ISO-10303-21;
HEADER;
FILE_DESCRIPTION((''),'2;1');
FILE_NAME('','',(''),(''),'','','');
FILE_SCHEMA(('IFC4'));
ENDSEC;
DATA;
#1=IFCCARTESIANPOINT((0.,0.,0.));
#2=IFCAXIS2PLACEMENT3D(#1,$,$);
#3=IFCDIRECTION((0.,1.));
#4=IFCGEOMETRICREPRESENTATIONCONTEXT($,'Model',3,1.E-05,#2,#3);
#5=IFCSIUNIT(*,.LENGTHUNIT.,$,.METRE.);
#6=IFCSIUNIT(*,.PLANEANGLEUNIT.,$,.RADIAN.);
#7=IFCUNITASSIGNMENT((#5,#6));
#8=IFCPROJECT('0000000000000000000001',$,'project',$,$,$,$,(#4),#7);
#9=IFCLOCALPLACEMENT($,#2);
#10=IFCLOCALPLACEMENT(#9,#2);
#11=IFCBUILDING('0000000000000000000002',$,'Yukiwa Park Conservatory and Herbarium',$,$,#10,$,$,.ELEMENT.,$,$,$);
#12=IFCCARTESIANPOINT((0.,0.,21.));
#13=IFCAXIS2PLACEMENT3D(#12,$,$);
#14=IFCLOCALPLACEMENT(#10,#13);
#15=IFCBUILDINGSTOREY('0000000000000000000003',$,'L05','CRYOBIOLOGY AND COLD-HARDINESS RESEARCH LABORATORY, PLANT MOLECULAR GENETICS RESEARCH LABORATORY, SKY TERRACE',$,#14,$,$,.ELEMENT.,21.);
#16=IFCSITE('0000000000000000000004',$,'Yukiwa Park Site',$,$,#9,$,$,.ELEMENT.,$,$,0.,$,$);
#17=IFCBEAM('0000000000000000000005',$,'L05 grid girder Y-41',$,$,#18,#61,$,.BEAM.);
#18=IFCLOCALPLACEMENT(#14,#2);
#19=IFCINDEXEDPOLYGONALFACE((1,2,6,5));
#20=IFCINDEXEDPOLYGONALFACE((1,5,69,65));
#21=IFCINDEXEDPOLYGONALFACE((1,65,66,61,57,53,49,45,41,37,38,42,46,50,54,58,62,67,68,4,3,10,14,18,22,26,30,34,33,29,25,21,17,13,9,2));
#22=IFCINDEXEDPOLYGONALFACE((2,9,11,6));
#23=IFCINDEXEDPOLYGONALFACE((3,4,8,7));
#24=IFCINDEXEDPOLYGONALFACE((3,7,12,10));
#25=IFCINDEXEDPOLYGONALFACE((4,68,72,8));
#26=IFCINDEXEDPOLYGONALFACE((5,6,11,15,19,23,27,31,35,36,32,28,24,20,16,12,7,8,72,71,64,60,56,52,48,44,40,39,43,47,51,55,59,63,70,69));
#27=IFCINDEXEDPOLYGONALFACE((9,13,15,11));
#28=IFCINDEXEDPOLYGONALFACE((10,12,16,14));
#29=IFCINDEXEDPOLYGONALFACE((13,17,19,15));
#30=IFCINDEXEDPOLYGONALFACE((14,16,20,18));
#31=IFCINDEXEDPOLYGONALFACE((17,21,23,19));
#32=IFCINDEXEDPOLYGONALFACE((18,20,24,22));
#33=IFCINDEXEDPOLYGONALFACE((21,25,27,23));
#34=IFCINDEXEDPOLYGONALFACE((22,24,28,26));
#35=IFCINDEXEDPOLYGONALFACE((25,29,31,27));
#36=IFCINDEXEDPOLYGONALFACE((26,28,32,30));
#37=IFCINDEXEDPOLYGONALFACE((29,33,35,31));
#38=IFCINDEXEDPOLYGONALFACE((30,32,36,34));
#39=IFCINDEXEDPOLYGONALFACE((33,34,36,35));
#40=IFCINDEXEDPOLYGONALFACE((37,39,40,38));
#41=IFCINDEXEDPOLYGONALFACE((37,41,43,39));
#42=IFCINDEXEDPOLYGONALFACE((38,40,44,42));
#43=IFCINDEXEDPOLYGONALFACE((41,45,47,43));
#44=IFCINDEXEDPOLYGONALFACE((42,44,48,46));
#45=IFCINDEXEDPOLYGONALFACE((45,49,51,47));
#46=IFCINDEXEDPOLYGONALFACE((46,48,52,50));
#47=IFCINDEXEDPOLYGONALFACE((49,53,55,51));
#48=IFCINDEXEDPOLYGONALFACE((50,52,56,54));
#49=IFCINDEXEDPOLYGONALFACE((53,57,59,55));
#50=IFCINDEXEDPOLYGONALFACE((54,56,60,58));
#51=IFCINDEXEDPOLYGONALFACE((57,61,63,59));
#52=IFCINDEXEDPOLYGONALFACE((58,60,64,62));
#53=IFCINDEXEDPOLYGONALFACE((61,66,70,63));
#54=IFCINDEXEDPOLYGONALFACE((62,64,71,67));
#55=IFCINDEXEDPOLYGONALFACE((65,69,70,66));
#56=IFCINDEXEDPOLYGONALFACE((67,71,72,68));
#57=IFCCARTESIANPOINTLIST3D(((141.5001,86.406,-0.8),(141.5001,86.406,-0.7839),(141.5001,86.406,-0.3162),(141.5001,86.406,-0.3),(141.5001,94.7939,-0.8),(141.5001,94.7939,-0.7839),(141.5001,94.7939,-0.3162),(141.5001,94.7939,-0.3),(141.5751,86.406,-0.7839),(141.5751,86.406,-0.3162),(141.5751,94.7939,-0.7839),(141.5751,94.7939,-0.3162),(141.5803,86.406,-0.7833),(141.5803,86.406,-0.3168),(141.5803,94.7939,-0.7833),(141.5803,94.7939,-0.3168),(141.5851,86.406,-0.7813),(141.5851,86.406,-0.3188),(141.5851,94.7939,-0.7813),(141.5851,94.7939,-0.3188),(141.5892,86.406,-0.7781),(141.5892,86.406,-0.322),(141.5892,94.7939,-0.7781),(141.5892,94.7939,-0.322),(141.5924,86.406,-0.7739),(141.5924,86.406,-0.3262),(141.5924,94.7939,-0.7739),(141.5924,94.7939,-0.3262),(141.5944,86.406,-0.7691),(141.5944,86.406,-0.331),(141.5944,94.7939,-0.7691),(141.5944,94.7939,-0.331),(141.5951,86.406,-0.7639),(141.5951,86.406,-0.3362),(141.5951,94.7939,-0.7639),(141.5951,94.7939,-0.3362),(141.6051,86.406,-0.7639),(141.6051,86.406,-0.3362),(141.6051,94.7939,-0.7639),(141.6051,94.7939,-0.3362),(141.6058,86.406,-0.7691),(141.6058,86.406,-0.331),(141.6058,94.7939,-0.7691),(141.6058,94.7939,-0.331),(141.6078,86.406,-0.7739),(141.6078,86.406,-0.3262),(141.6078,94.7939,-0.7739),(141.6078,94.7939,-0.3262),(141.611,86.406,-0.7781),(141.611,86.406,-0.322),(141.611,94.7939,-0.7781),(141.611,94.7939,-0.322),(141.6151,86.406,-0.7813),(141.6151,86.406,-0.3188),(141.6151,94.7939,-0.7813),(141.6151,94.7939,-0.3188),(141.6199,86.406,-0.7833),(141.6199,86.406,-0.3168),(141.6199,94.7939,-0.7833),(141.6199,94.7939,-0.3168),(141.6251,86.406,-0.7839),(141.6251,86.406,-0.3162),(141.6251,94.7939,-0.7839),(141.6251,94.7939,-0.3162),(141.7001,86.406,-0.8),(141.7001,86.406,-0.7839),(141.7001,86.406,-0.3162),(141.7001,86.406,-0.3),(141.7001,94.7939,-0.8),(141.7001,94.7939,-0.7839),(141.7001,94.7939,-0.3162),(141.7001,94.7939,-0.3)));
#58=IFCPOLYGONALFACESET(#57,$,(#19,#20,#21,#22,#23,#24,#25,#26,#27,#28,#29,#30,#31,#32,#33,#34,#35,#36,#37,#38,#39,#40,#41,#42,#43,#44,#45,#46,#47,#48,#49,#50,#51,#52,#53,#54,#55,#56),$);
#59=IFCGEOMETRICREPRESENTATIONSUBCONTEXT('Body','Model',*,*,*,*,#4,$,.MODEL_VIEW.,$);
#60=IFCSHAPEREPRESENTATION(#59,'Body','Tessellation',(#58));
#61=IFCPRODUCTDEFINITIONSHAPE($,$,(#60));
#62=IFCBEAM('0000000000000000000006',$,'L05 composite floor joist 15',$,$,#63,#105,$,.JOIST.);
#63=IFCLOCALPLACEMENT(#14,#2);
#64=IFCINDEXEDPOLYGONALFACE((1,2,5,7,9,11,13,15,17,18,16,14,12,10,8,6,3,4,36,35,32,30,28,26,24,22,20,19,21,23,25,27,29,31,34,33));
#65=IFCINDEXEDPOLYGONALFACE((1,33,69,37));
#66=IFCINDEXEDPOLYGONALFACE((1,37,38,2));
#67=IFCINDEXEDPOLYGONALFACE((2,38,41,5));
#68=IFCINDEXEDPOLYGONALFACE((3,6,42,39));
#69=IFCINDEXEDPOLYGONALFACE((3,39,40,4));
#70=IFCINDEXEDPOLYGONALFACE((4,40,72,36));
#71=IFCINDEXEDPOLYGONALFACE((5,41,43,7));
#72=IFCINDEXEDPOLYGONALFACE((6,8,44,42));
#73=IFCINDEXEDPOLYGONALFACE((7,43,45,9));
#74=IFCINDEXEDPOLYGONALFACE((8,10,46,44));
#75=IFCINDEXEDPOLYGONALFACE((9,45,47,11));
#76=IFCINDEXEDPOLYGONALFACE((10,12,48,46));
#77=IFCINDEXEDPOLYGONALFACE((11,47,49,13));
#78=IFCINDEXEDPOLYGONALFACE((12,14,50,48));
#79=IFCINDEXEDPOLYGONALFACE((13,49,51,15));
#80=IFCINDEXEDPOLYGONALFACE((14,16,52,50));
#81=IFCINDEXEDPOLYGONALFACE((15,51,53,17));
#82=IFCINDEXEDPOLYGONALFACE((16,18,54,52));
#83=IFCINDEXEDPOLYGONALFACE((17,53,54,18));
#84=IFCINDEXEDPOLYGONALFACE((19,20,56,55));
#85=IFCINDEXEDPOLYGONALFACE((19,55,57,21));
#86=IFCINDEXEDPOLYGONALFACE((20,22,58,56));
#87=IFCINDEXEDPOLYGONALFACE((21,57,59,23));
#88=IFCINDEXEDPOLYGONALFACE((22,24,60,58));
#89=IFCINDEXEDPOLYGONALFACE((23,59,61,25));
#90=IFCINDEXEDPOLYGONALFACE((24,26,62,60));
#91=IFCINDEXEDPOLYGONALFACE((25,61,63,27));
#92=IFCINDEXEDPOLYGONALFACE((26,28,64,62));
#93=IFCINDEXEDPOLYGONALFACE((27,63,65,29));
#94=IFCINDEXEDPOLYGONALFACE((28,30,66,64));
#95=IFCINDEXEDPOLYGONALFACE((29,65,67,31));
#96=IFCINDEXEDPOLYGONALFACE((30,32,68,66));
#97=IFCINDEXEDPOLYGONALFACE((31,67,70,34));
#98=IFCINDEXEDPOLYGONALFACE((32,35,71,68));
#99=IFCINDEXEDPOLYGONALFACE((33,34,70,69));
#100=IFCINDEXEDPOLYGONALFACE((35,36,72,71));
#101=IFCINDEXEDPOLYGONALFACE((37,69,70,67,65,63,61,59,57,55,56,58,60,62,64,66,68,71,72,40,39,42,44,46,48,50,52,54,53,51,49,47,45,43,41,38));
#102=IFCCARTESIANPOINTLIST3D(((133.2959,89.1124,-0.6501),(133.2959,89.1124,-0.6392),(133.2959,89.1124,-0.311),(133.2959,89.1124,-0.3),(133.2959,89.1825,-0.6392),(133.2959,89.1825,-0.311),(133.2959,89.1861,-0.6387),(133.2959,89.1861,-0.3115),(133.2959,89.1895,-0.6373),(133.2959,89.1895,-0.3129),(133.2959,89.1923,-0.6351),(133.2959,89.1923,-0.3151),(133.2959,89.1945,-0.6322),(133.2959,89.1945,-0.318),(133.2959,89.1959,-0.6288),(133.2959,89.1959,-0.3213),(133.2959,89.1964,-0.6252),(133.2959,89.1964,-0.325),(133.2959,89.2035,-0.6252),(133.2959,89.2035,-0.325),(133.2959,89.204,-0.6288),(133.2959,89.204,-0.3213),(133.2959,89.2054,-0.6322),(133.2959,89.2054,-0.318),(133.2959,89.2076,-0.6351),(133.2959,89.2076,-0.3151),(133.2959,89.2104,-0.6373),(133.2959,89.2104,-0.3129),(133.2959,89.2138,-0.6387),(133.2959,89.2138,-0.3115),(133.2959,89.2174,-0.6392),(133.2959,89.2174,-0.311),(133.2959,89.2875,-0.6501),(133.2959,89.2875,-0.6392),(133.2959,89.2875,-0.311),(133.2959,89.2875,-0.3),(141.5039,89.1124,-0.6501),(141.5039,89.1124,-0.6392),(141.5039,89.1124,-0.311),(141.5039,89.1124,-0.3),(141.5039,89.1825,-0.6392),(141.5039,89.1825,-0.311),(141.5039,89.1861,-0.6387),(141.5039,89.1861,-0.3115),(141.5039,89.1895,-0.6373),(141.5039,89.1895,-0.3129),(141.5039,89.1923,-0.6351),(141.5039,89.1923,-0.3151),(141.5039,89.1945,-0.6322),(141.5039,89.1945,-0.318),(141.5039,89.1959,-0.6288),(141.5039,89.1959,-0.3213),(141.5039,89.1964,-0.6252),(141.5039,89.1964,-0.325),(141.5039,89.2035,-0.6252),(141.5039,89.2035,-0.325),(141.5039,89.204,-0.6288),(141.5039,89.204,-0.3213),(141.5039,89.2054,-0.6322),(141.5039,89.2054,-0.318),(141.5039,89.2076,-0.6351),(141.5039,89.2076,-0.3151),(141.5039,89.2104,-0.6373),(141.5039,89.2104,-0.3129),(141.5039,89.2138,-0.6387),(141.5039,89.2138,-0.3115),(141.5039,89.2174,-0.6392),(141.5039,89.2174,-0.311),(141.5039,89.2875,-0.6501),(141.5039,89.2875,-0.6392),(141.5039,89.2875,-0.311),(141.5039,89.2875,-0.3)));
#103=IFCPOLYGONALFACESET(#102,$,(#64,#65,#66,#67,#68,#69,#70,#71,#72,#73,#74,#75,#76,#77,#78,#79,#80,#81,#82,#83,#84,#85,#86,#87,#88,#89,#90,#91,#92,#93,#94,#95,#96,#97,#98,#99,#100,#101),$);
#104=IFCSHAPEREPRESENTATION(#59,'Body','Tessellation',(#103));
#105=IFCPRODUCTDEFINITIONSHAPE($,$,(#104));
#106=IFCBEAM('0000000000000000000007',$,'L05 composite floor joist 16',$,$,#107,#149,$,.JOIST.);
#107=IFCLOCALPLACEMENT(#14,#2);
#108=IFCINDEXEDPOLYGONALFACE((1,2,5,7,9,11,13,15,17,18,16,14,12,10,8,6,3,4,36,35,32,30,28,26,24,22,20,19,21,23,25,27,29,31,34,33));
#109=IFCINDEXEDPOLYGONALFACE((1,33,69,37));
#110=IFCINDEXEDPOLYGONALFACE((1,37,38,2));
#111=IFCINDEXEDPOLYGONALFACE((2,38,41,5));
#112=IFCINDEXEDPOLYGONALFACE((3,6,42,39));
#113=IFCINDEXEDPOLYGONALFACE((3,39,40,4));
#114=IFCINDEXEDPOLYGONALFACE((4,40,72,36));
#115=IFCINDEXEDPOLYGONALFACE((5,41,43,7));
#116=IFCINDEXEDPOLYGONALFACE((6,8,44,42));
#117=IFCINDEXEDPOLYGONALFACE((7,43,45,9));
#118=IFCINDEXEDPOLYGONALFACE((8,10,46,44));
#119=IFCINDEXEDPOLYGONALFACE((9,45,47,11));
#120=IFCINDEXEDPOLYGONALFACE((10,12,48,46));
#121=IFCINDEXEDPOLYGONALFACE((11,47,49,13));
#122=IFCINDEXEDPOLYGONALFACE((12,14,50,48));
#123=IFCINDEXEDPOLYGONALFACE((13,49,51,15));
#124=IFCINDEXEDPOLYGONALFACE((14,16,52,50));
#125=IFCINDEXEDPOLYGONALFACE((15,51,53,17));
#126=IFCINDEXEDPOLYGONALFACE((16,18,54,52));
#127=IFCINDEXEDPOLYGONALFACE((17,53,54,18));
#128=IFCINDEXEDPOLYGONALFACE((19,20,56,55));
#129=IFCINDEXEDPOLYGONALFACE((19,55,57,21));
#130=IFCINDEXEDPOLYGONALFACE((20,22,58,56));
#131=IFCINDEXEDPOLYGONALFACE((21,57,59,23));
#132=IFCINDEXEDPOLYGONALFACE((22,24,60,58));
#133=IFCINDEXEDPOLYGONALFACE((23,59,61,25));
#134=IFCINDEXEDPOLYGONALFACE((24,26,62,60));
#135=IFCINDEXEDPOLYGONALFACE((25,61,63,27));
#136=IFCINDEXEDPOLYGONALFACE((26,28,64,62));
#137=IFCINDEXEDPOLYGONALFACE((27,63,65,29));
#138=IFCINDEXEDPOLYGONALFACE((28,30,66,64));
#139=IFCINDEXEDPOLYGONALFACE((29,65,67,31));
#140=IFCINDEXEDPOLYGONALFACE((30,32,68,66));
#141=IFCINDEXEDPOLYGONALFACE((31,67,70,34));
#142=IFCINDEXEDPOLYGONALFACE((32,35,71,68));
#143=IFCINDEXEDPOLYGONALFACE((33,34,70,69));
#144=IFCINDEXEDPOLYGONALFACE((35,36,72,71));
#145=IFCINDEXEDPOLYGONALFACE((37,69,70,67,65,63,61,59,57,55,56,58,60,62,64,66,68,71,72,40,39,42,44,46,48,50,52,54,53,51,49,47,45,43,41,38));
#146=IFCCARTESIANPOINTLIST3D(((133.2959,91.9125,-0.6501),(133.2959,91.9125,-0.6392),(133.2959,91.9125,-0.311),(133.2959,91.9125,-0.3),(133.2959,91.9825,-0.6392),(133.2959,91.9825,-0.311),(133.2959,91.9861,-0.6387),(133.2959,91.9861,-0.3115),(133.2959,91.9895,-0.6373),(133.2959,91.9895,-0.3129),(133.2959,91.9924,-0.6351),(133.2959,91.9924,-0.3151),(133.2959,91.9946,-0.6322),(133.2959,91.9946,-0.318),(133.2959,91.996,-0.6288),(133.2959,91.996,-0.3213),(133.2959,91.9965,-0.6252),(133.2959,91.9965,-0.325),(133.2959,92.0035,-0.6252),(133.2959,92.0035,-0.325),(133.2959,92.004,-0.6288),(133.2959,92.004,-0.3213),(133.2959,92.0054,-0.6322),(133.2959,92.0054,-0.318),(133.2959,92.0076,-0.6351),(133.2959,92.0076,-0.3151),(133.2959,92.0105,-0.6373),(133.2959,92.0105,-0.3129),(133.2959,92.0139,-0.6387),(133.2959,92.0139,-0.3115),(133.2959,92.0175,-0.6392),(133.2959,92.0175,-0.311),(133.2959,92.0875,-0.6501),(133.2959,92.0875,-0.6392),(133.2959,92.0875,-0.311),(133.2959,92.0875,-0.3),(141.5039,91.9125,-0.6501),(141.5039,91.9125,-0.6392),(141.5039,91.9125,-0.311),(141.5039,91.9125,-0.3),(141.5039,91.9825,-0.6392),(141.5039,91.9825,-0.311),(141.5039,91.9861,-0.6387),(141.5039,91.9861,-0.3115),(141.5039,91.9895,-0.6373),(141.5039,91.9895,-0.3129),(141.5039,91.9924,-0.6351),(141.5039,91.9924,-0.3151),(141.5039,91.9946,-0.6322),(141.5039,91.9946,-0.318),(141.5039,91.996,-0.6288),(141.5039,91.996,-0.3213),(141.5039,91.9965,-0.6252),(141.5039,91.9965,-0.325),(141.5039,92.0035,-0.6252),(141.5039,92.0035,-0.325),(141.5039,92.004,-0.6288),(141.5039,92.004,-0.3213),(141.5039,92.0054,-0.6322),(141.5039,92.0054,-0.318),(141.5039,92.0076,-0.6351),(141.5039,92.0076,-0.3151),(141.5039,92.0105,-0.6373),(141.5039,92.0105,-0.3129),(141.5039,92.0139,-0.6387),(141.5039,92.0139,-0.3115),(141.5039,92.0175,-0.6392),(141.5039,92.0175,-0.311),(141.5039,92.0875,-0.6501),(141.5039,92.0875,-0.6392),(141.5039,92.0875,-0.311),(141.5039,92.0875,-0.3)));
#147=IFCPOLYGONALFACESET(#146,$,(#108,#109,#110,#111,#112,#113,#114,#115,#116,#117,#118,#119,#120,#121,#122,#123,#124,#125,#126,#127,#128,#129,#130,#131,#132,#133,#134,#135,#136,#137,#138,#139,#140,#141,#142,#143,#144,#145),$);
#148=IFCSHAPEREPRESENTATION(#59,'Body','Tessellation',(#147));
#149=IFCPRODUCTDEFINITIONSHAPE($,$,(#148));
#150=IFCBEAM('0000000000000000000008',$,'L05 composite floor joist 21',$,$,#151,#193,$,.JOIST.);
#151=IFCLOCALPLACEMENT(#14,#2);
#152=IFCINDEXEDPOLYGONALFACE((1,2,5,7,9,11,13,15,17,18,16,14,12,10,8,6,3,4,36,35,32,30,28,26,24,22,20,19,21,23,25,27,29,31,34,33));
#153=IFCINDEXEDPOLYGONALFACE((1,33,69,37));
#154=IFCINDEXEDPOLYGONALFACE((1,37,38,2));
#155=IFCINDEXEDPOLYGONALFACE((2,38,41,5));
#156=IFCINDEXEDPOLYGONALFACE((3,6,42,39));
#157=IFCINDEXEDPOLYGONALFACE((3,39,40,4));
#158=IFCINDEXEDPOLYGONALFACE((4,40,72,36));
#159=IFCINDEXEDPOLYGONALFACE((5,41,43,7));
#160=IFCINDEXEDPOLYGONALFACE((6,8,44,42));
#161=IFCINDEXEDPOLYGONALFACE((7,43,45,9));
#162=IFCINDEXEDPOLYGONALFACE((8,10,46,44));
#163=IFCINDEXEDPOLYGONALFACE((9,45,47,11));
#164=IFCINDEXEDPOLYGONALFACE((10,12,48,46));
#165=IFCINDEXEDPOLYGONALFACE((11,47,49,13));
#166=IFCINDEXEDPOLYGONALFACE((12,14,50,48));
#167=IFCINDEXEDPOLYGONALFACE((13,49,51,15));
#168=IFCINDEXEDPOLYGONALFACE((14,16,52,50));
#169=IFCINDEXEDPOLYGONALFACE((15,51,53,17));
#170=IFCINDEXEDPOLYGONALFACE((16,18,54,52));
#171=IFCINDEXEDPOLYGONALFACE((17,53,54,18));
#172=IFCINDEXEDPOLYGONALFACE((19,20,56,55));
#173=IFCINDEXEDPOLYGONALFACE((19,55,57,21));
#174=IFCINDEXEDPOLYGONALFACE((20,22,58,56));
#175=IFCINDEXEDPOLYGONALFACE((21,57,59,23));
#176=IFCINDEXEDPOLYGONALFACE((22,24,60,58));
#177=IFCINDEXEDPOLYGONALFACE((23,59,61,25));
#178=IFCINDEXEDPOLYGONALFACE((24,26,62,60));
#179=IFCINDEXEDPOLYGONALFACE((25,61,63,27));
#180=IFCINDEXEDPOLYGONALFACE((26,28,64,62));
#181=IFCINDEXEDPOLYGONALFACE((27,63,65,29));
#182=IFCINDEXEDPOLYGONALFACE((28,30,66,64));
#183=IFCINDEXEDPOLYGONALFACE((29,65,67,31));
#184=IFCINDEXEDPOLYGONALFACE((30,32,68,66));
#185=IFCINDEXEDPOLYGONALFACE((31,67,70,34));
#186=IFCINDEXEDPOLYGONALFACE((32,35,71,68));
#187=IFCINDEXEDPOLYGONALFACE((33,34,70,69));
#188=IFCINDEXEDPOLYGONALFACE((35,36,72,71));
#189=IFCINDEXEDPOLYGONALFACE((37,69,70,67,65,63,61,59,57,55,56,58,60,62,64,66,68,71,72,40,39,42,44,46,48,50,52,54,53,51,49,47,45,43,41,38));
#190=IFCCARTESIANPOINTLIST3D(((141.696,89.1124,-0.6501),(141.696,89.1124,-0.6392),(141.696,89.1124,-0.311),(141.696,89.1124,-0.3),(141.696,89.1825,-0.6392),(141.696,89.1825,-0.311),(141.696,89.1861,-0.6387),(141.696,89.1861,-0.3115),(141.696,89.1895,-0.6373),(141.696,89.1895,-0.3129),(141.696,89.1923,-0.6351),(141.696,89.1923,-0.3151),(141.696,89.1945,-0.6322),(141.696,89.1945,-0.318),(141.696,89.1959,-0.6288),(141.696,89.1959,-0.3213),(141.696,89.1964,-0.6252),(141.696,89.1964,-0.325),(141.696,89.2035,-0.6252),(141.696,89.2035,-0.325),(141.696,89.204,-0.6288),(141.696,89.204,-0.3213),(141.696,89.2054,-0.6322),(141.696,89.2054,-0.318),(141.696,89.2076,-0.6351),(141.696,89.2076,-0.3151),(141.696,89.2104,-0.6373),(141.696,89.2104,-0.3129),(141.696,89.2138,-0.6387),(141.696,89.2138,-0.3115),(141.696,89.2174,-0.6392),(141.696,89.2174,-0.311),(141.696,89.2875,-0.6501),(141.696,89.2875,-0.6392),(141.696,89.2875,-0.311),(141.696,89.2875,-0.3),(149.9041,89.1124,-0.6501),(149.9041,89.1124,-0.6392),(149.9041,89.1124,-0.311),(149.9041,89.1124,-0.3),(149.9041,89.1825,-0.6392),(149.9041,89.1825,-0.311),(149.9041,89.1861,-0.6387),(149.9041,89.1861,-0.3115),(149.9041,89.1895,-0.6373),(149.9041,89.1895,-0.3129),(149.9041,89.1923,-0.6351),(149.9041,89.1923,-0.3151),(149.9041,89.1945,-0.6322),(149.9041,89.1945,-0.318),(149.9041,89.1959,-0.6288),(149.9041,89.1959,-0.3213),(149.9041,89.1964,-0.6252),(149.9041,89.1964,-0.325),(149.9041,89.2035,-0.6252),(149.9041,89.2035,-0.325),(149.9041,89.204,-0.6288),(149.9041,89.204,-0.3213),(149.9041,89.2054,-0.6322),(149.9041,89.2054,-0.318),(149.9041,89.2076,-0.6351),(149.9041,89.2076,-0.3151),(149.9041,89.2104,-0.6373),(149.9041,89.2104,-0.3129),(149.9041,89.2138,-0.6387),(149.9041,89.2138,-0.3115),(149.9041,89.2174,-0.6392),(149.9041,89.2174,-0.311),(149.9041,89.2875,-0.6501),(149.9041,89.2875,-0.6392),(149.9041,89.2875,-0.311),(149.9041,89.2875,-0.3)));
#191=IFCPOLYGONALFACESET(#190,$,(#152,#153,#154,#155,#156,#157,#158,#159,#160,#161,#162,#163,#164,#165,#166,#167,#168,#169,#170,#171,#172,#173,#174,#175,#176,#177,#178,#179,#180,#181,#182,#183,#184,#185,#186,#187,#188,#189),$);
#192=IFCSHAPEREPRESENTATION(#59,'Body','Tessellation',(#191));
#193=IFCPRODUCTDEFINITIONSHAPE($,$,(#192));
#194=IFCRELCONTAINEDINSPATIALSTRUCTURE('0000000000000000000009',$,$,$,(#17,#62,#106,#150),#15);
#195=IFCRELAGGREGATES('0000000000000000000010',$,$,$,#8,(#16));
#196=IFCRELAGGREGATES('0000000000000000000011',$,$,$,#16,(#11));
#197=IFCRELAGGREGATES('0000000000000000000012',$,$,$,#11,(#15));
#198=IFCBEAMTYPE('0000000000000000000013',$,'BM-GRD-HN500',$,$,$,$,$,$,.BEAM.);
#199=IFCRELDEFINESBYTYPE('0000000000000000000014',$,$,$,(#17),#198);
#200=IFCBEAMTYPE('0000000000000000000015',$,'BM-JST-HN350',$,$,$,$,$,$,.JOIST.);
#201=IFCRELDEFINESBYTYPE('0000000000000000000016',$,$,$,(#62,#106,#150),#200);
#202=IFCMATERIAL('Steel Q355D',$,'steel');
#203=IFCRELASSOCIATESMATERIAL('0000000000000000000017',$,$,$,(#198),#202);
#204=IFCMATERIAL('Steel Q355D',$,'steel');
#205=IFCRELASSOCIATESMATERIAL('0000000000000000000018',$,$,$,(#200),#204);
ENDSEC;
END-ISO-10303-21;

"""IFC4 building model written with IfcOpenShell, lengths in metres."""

from ifc_helpers import new_model, si_unit, direction, frame, origin, origin_2d, place, context, subcontext, project, spatial, i_section, extrude, material, material_profile, profile_set, type_object, element, save


model = new_model("IFC4")

# Units and contexts
model_context = context("Model", 3, precision=1e-05, world=origin(), true_north=direction((0.0, 1.0)))
body_context = subcontext(model_context, "Body", "Model", "MODEL_VIEW")
ifc_project = project(units=[si_unit("LENGTHUNIT", "METRE"), si_unit("PLANEANGLEUNIT", "RADIAN")], contexts=[model_context])

# Site, building, storey
site_placement = place(None, origin())
site = spatial("IfcSite", under=ifc_project, at=site_placement, Name="Yukiwa Park Site", CompositionType="ELEMENT", RefElevation=0.0)
building_placement = place(site_placement, origin())
building = spatial("IfcBuilding", under=site, at=building_placement, Name="Yukiwa Park Conservatory and Herbarium", CompositionType="ELEMENT")
storey_placement = place(building_placement, frame((0.0, 0.0, 21.0)))
storey = spatial("IfcBuildingStorey", under=building, at=storey_placement, Name="L05", Description="CRYOBIOLOGY AND COLD-HARDINESS RESEARCH LABORATORY, PLANT MOLECULAR GENETICS RESEARCH LABORATORY, SKY TERRACE", CompositionType="ELEMENT", Elevation=21.0)

# Beams
ifc_material_1 = material(Name="Steel Q355D", Category="steel")
ifc_material_profile_1 = material_profile(ifc_material_1, i_section(OverallWidth=0.2, OverallDepth=0.5, WebThickness=0.01, FlangeThickness=0.0161, FilletRadius=0.02, at=origin_2d()), Name="HN 500x200x10x16")
ifc_profile_set_1 = profile_set([ifc_material_profile_1], Name="Steel Q355D")
beam_type_1 = type_object("IfcBeamType", Name="BM-GRD-HN500", PredefinedType="BEAM", material=ifc_profile_set_1)
beam_1_placement = place(storey_placement, frame((141.6001, 86.406, -0.55), z_axis=(0.0, 1.0, 0.0), x_axis=(-1.0, 0.0, 0.0)))
element("IfcBeam", 1, at=beam_1_placement, inside=storey, type_object=beam_type_1, Name="L05 grid girder Y-41", PredefinedType="BEAM", context=body_context, shape_type="SweptSolid", body=[
    extrude(i_section(OverallWidth=0.2, OverallDepth=0.5, WebThickness=0.01, FlangeThickness=0.0161, FilletRadius=0.02, at=origin_2d()), origin(), (0.0, 0.0, 1.0), 8.3879),
])
ifc_material_2 = material(Name="Steel Q355D", Category="steel")
ifc_material_profile_2 = material_profile(ifc_material_2, i_section(OverallWidth=0.175, OverallDepth=0.3501, WebThickness=0.0071, FlangeThickness=0.011, FilletRadius=0.0139, at=origin_2d()), Name="HN 350x175x7x11")
ifc_profile_set_2 = profile_set([ifc_material_profile_2], Name="Steel Q355D")
beam_type_2 = type_object("IfcBeamType", Name="BM-JST-HN350", PredefinedType="JOIST", material=ifc_profile_set_2)
for number, where, z_axis, x_axis, name in (
    (2, (133.2959, 89.2, -0.4751), (1.0, 0.0, 0.0), (0.0, 1.0, 0.0), "L05 composite floor joist 15"),
    (3, (133.2959, 92.0, -0.4751), (1.0, 0.0, 0.0), (0.0, 1.0, 0.0), "L05 composite floor joist 16"),
    (4, (141.696, 89.2, -0.4751), (1.0, 0.0, 0.0), (0.0, 1.0, 0.0), "L05 composite floor joist 21"),
):
    element("IfcBeam", number, at=place(storey_placement, frame(where, z_axis=z_axis, x_axis=x_axis)), inside=storey, type_object=beam_type_2, Name=name, PredefinedType="JOIST", context=body_context, shape_type="SweptSolid", body=[
        extrude(i_section(OverallWidth=0.175, OverallDepth=0.3501, WebThickness=0.0071, FlangeThickness=0.011, FilletRadius=0.0139, at=origin_2d()), origin(), (0.0, 0.0, 1.0), 8.208),
    ])

save(model, "model.ifc")
